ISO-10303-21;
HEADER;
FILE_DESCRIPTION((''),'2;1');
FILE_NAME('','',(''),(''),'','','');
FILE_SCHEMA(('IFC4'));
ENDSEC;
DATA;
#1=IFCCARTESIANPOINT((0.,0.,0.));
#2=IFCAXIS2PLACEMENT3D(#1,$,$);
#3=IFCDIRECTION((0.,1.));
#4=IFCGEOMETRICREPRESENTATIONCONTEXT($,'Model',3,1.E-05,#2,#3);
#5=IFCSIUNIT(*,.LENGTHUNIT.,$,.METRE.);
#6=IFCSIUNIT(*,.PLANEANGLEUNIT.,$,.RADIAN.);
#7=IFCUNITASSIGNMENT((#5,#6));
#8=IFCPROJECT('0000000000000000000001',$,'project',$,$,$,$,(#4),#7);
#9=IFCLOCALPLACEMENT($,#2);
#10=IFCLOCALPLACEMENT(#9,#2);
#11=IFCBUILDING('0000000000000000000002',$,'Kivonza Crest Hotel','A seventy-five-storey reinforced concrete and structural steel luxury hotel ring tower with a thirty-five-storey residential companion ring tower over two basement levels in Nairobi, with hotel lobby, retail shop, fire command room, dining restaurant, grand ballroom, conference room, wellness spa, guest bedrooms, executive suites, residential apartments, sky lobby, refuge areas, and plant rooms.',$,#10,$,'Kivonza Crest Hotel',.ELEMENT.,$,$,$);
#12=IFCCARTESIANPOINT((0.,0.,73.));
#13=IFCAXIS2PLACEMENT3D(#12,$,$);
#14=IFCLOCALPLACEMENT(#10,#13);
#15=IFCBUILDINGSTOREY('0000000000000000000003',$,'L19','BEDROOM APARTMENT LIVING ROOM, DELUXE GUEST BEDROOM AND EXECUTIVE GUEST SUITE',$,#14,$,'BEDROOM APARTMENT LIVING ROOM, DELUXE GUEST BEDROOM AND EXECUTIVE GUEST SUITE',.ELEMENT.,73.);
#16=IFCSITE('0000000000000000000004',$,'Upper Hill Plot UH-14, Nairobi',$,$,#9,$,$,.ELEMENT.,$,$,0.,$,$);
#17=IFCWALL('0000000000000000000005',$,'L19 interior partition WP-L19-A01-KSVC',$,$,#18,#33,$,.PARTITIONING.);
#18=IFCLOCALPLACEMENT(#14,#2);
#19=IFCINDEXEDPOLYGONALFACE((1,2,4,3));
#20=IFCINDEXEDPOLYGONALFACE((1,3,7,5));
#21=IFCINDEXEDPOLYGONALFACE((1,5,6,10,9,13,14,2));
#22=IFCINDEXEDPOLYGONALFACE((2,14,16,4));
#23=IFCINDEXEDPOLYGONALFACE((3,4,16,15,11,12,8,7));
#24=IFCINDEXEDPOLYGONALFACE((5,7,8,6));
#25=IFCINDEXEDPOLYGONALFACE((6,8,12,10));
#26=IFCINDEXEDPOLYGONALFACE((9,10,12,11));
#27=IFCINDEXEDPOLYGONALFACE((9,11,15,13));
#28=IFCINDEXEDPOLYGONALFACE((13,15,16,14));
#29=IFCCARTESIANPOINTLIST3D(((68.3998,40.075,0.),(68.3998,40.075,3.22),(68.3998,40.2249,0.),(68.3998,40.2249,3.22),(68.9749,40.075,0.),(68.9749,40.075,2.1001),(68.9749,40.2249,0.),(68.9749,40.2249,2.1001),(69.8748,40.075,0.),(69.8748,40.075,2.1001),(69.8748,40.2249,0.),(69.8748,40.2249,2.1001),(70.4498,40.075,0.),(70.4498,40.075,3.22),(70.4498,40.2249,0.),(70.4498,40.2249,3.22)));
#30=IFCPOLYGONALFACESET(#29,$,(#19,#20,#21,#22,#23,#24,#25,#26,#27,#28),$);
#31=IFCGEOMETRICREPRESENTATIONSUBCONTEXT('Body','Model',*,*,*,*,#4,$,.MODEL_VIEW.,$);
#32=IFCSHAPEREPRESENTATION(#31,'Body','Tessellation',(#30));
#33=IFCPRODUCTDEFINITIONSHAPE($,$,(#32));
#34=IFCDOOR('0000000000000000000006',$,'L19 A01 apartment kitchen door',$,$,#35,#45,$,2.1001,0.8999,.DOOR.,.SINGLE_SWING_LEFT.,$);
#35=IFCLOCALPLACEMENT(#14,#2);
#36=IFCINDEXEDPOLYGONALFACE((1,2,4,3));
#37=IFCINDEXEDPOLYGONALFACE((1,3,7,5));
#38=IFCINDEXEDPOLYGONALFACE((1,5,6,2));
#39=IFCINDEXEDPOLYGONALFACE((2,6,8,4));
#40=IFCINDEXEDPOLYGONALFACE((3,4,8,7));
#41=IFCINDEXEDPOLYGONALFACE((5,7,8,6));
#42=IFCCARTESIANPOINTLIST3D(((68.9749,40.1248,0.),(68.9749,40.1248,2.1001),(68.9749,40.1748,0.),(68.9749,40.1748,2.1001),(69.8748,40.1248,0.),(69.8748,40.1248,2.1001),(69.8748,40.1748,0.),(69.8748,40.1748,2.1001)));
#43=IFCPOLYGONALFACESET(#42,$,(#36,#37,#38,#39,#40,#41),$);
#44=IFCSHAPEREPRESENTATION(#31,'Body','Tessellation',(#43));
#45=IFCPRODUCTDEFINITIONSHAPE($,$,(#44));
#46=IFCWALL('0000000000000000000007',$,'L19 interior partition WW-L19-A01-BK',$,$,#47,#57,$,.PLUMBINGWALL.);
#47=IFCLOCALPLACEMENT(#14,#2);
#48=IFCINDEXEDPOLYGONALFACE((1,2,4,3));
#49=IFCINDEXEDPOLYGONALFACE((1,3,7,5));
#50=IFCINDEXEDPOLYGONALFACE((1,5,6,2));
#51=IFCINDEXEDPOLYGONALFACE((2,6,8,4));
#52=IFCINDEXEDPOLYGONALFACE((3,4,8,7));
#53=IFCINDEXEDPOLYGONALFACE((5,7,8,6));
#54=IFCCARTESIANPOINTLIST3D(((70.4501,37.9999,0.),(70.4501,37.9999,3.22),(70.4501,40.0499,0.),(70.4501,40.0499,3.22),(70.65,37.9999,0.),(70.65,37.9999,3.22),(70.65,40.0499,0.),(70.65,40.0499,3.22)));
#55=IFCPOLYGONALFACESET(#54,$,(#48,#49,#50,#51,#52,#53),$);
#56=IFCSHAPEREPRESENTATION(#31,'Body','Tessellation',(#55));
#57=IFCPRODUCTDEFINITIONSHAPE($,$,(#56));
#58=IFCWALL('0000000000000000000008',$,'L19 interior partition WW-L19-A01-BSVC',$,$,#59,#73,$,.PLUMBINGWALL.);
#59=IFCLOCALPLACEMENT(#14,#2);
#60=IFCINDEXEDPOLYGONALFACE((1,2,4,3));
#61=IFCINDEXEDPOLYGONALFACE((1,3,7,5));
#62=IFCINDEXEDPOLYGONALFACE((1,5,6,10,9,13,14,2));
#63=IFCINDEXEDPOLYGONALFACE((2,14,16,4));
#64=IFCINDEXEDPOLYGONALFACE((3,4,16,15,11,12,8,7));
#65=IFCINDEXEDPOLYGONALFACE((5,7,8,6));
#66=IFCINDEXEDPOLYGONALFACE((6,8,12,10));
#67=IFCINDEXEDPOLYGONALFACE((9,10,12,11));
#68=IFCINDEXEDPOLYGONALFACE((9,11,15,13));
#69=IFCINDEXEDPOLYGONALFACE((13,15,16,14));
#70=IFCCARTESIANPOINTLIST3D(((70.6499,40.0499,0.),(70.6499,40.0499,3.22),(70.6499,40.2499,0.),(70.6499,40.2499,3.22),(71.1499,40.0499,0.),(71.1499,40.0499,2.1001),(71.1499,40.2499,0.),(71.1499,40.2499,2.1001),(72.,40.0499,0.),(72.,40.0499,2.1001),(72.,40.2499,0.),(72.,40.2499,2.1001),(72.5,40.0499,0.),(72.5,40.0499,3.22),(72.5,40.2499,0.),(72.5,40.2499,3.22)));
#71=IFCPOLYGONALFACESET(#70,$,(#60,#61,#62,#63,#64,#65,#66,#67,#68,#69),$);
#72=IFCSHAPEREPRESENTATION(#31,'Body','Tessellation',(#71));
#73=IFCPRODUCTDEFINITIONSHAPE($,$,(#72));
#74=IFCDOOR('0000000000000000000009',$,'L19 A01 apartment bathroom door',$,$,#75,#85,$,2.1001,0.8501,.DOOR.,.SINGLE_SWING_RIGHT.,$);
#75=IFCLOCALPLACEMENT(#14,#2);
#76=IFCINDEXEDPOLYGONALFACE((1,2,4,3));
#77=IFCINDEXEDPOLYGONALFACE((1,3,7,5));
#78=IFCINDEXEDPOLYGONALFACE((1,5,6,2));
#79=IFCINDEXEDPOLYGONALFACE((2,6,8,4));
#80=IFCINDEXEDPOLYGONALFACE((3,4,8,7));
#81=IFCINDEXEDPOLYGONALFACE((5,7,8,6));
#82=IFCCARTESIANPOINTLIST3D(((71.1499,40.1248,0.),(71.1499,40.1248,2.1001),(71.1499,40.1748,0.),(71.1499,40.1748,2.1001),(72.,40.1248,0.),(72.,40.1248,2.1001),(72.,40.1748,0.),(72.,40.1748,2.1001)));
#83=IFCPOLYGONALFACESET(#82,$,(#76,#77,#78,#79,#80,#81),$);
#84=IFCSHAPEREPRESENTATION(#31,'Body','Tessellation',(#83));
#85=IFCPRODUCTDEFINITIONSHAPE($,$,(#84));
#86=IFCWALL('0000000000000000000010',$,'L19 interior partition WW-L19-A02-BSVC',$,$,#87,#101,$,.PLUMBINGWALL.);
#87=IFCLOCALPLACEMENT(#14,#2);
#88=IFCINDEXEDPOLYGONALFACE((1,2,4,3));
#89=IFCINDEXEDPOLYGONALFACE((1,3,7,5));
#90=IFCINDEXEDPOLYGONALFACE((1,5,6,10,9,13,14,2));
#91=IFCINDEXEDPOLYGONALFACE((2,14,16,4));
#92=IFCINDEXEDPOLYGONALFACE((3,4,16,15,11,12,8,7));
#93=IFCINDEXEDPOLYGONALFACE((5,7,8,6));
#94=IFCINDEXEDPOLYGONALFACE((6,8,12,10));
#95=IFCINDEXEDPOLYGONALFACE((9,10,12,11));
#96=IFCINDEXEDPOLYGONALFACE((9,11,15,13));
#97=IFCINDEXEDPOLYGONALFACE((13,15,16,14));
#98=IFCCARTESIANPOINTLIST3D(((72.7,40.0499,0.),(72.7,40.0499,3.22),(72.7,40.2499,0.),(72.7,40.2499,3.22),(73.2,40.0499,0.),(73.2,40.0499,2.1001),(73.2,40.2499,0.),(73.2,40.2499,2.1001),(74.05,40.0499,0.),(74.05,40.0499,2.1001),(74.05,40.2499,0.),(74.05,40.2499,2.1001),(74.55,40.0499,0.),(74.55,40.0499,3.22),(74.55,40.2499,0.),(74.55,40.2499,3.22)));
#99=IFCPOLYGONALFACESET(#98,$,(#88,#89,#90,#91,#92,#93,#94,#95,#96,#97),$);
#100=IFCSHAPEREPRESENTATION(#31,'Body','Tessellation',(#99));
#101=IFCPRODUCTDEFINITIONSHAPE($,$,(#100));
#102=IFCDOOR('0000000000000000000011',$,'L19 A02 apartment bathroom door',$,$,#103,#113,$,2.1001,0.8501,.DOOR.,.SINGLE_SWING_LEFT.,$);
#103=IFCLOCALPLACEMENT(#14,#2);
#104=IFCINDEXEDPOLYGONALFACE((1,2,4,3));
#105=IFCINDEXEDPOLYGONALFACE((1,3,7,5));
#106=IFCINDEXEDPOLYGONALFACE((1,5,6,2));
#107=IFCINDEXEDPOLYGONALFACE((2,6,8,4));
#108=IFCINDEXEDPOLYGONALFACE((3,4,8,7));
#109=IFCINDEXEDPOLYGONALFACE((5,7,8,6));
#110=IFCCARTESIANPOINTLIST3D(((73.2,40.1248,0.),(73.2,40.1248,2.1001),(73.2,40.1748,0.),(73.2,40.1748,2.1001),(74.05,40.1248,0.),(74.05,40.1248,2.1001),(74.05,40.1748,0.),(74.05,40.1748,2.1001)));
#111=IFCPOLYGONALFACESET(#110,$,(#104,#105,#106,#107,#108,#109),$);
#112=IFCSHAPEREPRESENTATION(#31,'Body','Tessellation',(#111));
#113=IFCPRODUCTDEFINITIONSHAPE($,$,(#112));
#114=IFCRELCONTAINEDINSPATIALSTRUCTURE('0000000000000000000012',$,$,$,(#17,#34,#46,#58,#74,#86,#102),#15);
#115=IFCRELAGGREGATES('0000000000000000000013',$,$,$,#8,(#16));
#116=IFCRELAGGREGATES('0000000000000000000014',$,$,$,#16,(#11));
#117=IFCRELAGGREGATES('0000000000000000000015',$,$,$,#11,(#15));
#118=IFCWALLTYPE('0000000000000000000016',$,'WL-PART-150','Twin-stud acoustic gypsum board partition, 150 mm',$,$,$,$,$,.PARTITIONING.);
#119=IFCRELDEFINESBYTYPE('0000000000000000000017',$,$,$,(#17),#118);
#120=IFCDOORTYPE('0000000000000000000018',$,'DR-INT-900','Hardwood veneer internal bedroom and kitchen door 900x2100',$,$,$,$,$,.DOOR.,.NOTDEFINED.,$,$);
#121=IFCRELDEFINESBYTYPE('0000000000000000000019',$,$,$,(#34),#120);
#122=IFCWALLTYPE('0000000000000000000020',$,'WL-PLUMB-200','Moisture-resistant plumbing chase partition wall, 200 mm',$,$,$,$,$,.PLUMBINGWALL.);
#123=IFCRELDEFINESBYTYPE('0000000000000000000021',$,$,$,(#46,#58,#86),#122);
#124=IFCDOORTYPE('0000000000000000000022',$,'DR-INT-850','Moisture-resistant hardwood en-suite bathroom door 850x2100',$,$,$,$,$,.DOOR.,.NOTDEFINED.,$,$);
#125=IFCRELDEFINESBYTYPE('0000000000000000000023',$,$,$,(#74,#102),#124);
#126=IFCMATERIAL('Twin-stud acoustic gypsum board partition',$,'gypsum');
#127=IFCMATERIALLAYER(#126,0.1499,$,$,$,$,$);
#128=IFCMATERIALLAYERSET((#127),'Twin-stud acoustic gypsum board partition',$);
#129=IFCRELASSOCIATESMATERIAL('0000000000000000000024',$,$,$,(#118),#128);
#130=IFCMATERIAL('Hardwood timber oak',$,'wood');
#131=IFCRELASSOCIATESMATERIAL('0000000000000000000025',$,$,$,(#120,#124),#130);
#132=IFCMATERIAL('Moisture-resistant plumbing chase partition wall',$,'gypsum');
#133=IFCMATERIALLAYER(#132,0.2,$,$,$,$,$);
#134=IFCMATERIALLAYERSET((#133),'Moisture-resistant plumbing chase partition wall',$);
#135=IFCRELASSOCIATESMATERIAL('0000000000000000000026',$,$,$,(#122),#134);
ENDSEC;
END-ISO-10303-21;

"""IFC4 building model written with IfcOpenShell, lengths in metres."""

from ifc_helpers import new_model, si_unit, direction, frame, frame_2d, origin, place, context, subcontext, project, spatial, rectangle, extrude, material, layer, layer_set, type_object, element, fill, save


model = new_model("IFC4")

# Units and contexts
model_context = context("Model", 3, precision=1e-05, world=origin(), true_north=direction((0.0, 1.0)))
body_context = subcontext(model_context, "Body", "Model", "MODEL_VIEW")
ifc_project = project(units=[si_unit("LENGTHUNIT", "METRE"), si_unit("PLANEANGLEUNIT", "RADIAN")], contexts=[model_context])

# Site, building, storey
site_placement = place(None, origin())
site = spatial("IfcSite", under=ifc_project, at=site_placement, Name="Upper Hill Plot UH-14, Nairobi", CompositionType="ELEMENT", RefElevation=0.0)
building_placement = place(site_placement, origin())
building = spatial("IfcBuilding", under=site, at=building_placement, Name="Kivonza Crest Hotel", Description="A seventy-five-storey reinforced concrete and structural steel luxury hotel ring tower with a thirty-five-storey residential companion ring tower over two basement levels in Nairobi, with hotel lobby, retail shop, fire command room, dining restaurant, grand ballroom, conference room, wellness spa, guest bedrooms, executive suites, residential apartments, sky lobby, refuge areas, and plant rooms.", LongName="Kivonza Crest Hotel", CompositionType="ELEMENT")
storey_placement = place(building_placement, frame((0.0, 0.0, 73.0)))
storey = spatial("IfcBuildingStorey", under=building, at=storey_placement, Name="L19", Description="BEDROOM APARTMENT LIVING ROOM, DELUXE GUEST BEDROOM AND EXECUTIVE GUEST SUITE", LongName="BEDROOM APARTMENT LIVING ROOM, DELUXE GUEST BEDROOM AND EXECUTIVE GUEST SUITE", CompositionType="ELEMENT", Elevation=73.0)

# Shared definitions
ifc_material_1 = material(Name="Hardwood timber oak", Category="wood")

# Shared definitions
ifc_material_2 = material(Name="Twin-stud acoustic gypsum board partition", Category="gypsum")
ifc_layer_1 = layer(ifc_material_2, 0.1499)
ifc_layer_set_1 = layer_set([ifc_layer_1], Name="Twin-stud acoustic gypsum board partition")
wall_type_1 = type_object("IfcWallType", Name="WL-PART-150", Description="Twin-stud acoustic gypsum board partition, 150 mm", PredefinedType="PARTITIONING", material=ifc_layer_set_1)

# Wall, opening, door
wall_1_placement = place(storey_placement, frame((68.3999, 40.1499, 0.0), z_axis=(0.0, 0.0, 1.0), x_axis=(1.0, 0.0, 0.0)))
wall_1 = element("IfcWall", 1, at=wall_1_placement, inside=storey, type_object=wall_type_1, Name="L19 interior partition WP-L19-A01-KSVC", PredefinedType="PARTITIONING", context=body_context, shape_type="SweptSolid", body=[
    extrude(rectangle(XDim=2.05, YDim=0.1499, at=frame_2d((1.0249, 0.0))), origin(), (0.0, 0.0, 1.0), 3.22),
])
opening_1_placement = place(wall_1_placement, frame((0.575, 0.0, 0.0)))
opening_1 = element("IfcOpeningElement", 2, at=opening_1_placement, cuts=wall_1, PredefinedType="OPENING", context=body_context, shape_type="SweptSolid", body=[
    extrude(rectangle(XDim=0.8999, YDim=2.1001, at=frame_2d((0.45, 1.05))), frame((0.0, 0.085, 0.0), z_axis=(0.0, -1.0, 0.0), x_axis=(1.0, 0.0, 0.0)), (0.0, 0.0, 1.0), 0.1699),
])
door_type_1 = type_object("IfcDoorType", Name="DR-INT-900", Description="Hardwood veneer internal bedroom and kitchen door 900x2100", OperationType="NOTDEFINED", PredefinedType="DOOR", material=ifc_material_1)
door_1_placement = place(opening_1_placement, origin())
door_1 = element("IfcDoor", 3, at=door_1_placement, inside=storey, type_object=door_type_1, Name="L19 A01 apartment kitchen door", OperationType="SINGLE_SWING_LEFT", OverallHeight=2.1001, OverallWidth=0.8999, PredefinedType="DOOR", context=body_context, shape_type="SweptSolid", body=[
    extrude(rectangle(XDim=0.8999, YDim=2.1001, at=frame_2d((0.45, 1.05))), frame((0.0, 0.0249, 0.0), z_axis=(0.0, -1.0, 0.0), x_axis=(1.0, 0.0, 0.0)), (0.0, 0.0, 1.0), 0.05),
])
fill(opening_1, door_1)

# Wall
ifc_material_3 = material(Name="Moisture-resistant plumbing chase partition wall", Category="gypsum")
ifc_layer_2 = layer(ifc_material_3, 0.2)
ifc_layer_set_2 = layer_set([ifc_layer_2], Name="Moisture-resistant plumbing chase partition wall")
wall_type_2 = type_object("IfcWallType", Name="WL-PLUMB-200", Description="Moisture-resistant plumbing chase partition wall, 200 mm", PredefinedType="PLUMBINGWALL", material=ifc_layer_set_2)
wall_2_placement = place(storey_placement, frame((70.55, 38.0, 0.0), z_axis=(0.0, 0.0, 1.0), x_axis=(0.0, 1.0, 0.0)))
element("IfcWall", 4, at=wall_2_placement, inside=storey, type_object=wall_type_2, Name="L19 interior partition WW-L19-A01-BK", PredefinedType="PLUMBINGWALL", context=body_context, shape_type="SweptSolid", body=[
    extrude(rectangle(XDim=2.05, YDim=0.2, at=frame_2d((1.0249, 0.0))), origin(), (0.0, 0.0, 1.0), 3.22),
])

# Walls, openings, doors
wall_3_placement = place(storey_placement, frame((70.6499, 40.1499, 0.0), z_axis=(0.0, 0.0, 1.0), x_axis=(1.0, 0.0, 0.0)))
wall_3 = element("IfcWall", 5, at=wall_3_placement, inside=storey, type_object=wall_type_2, Name="L19 interior partition WW-L19-A01-BSVC", PredefinedType="PLUMBINGWALL", context=body_context, shape_type="SweptSolid", body=[
    extrude(rectangle(XDim=1.8501, YDim=0.2, at=frame_2d((0.925, 0.0))), origin(), (0.0, 0.0, 1.0), 3.22),
])
opening_2_placement = place(wall_3_placement, frame((0.5, 0.0, 0.0)))
opening_2 = element("IfcOpeningElement", 6, at=opening_2_placement, cuts=wall_3, PredefinedType="OPENING", context=body_context, shape_type="SweptSolid", body=[
    extrude(rectangle(XDim=0.8501, YDim=2.1001, at=frame_2d((0.425, 1.05))), frame((0.0, 0.1099, 0.0), z_axis=(0.0, -1.0, 0.0), x_axis=(1.0, 0.0, 0.0)), (0.0, 0.0, 1.0), 0.22),
])
door_type_2 = type_object("IfcDoorType", Name="DR-INT-850", Description="Moisture-resistant hardwood en-suite bathroom door 850x2100", OperationType="NOTDEFINED", PredefinedType="DOOR", material=ifc_material_1)
door_2_placement = place(opening_2_placement, origin())
door_2 = element("IfcDoor", 7, at=door_2_placement, inside=storey, type_object=door_type_2, Name="L19 A01 apartment bathroom door", OperationType="SINGLE_SWING_RIGHT", OverallHeight=2.1001, OverallWidth=0.8501, PredefinedType="DOOR", context=body_context, shape_type="SweptSolid", body=[
    extrude(rectangle(XDim=0.8501, YDim=2.1001, at=frame_2d((0.425, 1.05))), frame((0.0, 0.0249, 0.0), z_axis=(0.0, -1.0, 0.0), x_axis=(1.0, 0.0, 0.0)), (0.0, 0.0, 1.0), 0.05),
])
fill(opening_2, door_2)
wall_4_placement = place(storey_placement, frame((72.7, 40.1499, 0.0), z_axis=(0.0, 0.0, 1.0), x_axis=(1.0, 0.0, 0.0)))
wall_4 = element("IfcWall", 8, at=wall_4_placement, inside=storey, type_object=wall_type_2, Name="L19 interior partition WW-L19-A02-BSVC", PredefinedType="PLUMBINGWALL", context=body_context, shape_type="SweptSolid", body=[
    extrude(rectangle(XDim=1.8501, YDim=0.2, at=frame_2d((0.925, 0.0))), origin(), (0.0, 0.0, 1.0), 3.22),
])
opening_3_placement = place(wall_4_placement, frame((0.5, 0.0, 0.0)))
opening_3 = element("IfcOpeningElement", 9, at=opening_3_placement, cuts=wall_4, PredefinedType="OPENING", context=body_context, shape_type="SweptSolid", body=[
    extrude(rectangle(XDim=0.8501, YDim=2.1001, at=frame_2d((0.425, 1.05))), frame((0.0, 0.1099, 0.0), z_axis=(0.0, -1.0, 0.0), x_axis=(1.0, 0.0, 0.0)), (0.0, 0.0, 1.0), 0.22),
])
door_3_placement = place(opening_3_placement, origin())
door_3 = element("IfcDoor", 10, at=door_3_placement, inside=storey, type_object=door_type_2, Name="L19 A02 apartment bathroom door", OperationType="SINGLE_SWING_LEFT", OverallHeight=2.1001, OverallWidth=0.8501, PredefinedType="DOOR", context=body_context, shape_type="SweptSolid", body=[
    extrude(rectangle(XDim=0.8501, YDim=2.1001, at=frame_2d((0.425, 1.05))), frame((0.0, 0.0249, 0.0), z_axis=(0.0, -1.0, 0.0), x_axis=(1.0, 0.0, 0.0)), (0.0, 0.0, 1.0), 0.05),
])
fill(opening_3, door_3)

save(model, "model.ifc")
